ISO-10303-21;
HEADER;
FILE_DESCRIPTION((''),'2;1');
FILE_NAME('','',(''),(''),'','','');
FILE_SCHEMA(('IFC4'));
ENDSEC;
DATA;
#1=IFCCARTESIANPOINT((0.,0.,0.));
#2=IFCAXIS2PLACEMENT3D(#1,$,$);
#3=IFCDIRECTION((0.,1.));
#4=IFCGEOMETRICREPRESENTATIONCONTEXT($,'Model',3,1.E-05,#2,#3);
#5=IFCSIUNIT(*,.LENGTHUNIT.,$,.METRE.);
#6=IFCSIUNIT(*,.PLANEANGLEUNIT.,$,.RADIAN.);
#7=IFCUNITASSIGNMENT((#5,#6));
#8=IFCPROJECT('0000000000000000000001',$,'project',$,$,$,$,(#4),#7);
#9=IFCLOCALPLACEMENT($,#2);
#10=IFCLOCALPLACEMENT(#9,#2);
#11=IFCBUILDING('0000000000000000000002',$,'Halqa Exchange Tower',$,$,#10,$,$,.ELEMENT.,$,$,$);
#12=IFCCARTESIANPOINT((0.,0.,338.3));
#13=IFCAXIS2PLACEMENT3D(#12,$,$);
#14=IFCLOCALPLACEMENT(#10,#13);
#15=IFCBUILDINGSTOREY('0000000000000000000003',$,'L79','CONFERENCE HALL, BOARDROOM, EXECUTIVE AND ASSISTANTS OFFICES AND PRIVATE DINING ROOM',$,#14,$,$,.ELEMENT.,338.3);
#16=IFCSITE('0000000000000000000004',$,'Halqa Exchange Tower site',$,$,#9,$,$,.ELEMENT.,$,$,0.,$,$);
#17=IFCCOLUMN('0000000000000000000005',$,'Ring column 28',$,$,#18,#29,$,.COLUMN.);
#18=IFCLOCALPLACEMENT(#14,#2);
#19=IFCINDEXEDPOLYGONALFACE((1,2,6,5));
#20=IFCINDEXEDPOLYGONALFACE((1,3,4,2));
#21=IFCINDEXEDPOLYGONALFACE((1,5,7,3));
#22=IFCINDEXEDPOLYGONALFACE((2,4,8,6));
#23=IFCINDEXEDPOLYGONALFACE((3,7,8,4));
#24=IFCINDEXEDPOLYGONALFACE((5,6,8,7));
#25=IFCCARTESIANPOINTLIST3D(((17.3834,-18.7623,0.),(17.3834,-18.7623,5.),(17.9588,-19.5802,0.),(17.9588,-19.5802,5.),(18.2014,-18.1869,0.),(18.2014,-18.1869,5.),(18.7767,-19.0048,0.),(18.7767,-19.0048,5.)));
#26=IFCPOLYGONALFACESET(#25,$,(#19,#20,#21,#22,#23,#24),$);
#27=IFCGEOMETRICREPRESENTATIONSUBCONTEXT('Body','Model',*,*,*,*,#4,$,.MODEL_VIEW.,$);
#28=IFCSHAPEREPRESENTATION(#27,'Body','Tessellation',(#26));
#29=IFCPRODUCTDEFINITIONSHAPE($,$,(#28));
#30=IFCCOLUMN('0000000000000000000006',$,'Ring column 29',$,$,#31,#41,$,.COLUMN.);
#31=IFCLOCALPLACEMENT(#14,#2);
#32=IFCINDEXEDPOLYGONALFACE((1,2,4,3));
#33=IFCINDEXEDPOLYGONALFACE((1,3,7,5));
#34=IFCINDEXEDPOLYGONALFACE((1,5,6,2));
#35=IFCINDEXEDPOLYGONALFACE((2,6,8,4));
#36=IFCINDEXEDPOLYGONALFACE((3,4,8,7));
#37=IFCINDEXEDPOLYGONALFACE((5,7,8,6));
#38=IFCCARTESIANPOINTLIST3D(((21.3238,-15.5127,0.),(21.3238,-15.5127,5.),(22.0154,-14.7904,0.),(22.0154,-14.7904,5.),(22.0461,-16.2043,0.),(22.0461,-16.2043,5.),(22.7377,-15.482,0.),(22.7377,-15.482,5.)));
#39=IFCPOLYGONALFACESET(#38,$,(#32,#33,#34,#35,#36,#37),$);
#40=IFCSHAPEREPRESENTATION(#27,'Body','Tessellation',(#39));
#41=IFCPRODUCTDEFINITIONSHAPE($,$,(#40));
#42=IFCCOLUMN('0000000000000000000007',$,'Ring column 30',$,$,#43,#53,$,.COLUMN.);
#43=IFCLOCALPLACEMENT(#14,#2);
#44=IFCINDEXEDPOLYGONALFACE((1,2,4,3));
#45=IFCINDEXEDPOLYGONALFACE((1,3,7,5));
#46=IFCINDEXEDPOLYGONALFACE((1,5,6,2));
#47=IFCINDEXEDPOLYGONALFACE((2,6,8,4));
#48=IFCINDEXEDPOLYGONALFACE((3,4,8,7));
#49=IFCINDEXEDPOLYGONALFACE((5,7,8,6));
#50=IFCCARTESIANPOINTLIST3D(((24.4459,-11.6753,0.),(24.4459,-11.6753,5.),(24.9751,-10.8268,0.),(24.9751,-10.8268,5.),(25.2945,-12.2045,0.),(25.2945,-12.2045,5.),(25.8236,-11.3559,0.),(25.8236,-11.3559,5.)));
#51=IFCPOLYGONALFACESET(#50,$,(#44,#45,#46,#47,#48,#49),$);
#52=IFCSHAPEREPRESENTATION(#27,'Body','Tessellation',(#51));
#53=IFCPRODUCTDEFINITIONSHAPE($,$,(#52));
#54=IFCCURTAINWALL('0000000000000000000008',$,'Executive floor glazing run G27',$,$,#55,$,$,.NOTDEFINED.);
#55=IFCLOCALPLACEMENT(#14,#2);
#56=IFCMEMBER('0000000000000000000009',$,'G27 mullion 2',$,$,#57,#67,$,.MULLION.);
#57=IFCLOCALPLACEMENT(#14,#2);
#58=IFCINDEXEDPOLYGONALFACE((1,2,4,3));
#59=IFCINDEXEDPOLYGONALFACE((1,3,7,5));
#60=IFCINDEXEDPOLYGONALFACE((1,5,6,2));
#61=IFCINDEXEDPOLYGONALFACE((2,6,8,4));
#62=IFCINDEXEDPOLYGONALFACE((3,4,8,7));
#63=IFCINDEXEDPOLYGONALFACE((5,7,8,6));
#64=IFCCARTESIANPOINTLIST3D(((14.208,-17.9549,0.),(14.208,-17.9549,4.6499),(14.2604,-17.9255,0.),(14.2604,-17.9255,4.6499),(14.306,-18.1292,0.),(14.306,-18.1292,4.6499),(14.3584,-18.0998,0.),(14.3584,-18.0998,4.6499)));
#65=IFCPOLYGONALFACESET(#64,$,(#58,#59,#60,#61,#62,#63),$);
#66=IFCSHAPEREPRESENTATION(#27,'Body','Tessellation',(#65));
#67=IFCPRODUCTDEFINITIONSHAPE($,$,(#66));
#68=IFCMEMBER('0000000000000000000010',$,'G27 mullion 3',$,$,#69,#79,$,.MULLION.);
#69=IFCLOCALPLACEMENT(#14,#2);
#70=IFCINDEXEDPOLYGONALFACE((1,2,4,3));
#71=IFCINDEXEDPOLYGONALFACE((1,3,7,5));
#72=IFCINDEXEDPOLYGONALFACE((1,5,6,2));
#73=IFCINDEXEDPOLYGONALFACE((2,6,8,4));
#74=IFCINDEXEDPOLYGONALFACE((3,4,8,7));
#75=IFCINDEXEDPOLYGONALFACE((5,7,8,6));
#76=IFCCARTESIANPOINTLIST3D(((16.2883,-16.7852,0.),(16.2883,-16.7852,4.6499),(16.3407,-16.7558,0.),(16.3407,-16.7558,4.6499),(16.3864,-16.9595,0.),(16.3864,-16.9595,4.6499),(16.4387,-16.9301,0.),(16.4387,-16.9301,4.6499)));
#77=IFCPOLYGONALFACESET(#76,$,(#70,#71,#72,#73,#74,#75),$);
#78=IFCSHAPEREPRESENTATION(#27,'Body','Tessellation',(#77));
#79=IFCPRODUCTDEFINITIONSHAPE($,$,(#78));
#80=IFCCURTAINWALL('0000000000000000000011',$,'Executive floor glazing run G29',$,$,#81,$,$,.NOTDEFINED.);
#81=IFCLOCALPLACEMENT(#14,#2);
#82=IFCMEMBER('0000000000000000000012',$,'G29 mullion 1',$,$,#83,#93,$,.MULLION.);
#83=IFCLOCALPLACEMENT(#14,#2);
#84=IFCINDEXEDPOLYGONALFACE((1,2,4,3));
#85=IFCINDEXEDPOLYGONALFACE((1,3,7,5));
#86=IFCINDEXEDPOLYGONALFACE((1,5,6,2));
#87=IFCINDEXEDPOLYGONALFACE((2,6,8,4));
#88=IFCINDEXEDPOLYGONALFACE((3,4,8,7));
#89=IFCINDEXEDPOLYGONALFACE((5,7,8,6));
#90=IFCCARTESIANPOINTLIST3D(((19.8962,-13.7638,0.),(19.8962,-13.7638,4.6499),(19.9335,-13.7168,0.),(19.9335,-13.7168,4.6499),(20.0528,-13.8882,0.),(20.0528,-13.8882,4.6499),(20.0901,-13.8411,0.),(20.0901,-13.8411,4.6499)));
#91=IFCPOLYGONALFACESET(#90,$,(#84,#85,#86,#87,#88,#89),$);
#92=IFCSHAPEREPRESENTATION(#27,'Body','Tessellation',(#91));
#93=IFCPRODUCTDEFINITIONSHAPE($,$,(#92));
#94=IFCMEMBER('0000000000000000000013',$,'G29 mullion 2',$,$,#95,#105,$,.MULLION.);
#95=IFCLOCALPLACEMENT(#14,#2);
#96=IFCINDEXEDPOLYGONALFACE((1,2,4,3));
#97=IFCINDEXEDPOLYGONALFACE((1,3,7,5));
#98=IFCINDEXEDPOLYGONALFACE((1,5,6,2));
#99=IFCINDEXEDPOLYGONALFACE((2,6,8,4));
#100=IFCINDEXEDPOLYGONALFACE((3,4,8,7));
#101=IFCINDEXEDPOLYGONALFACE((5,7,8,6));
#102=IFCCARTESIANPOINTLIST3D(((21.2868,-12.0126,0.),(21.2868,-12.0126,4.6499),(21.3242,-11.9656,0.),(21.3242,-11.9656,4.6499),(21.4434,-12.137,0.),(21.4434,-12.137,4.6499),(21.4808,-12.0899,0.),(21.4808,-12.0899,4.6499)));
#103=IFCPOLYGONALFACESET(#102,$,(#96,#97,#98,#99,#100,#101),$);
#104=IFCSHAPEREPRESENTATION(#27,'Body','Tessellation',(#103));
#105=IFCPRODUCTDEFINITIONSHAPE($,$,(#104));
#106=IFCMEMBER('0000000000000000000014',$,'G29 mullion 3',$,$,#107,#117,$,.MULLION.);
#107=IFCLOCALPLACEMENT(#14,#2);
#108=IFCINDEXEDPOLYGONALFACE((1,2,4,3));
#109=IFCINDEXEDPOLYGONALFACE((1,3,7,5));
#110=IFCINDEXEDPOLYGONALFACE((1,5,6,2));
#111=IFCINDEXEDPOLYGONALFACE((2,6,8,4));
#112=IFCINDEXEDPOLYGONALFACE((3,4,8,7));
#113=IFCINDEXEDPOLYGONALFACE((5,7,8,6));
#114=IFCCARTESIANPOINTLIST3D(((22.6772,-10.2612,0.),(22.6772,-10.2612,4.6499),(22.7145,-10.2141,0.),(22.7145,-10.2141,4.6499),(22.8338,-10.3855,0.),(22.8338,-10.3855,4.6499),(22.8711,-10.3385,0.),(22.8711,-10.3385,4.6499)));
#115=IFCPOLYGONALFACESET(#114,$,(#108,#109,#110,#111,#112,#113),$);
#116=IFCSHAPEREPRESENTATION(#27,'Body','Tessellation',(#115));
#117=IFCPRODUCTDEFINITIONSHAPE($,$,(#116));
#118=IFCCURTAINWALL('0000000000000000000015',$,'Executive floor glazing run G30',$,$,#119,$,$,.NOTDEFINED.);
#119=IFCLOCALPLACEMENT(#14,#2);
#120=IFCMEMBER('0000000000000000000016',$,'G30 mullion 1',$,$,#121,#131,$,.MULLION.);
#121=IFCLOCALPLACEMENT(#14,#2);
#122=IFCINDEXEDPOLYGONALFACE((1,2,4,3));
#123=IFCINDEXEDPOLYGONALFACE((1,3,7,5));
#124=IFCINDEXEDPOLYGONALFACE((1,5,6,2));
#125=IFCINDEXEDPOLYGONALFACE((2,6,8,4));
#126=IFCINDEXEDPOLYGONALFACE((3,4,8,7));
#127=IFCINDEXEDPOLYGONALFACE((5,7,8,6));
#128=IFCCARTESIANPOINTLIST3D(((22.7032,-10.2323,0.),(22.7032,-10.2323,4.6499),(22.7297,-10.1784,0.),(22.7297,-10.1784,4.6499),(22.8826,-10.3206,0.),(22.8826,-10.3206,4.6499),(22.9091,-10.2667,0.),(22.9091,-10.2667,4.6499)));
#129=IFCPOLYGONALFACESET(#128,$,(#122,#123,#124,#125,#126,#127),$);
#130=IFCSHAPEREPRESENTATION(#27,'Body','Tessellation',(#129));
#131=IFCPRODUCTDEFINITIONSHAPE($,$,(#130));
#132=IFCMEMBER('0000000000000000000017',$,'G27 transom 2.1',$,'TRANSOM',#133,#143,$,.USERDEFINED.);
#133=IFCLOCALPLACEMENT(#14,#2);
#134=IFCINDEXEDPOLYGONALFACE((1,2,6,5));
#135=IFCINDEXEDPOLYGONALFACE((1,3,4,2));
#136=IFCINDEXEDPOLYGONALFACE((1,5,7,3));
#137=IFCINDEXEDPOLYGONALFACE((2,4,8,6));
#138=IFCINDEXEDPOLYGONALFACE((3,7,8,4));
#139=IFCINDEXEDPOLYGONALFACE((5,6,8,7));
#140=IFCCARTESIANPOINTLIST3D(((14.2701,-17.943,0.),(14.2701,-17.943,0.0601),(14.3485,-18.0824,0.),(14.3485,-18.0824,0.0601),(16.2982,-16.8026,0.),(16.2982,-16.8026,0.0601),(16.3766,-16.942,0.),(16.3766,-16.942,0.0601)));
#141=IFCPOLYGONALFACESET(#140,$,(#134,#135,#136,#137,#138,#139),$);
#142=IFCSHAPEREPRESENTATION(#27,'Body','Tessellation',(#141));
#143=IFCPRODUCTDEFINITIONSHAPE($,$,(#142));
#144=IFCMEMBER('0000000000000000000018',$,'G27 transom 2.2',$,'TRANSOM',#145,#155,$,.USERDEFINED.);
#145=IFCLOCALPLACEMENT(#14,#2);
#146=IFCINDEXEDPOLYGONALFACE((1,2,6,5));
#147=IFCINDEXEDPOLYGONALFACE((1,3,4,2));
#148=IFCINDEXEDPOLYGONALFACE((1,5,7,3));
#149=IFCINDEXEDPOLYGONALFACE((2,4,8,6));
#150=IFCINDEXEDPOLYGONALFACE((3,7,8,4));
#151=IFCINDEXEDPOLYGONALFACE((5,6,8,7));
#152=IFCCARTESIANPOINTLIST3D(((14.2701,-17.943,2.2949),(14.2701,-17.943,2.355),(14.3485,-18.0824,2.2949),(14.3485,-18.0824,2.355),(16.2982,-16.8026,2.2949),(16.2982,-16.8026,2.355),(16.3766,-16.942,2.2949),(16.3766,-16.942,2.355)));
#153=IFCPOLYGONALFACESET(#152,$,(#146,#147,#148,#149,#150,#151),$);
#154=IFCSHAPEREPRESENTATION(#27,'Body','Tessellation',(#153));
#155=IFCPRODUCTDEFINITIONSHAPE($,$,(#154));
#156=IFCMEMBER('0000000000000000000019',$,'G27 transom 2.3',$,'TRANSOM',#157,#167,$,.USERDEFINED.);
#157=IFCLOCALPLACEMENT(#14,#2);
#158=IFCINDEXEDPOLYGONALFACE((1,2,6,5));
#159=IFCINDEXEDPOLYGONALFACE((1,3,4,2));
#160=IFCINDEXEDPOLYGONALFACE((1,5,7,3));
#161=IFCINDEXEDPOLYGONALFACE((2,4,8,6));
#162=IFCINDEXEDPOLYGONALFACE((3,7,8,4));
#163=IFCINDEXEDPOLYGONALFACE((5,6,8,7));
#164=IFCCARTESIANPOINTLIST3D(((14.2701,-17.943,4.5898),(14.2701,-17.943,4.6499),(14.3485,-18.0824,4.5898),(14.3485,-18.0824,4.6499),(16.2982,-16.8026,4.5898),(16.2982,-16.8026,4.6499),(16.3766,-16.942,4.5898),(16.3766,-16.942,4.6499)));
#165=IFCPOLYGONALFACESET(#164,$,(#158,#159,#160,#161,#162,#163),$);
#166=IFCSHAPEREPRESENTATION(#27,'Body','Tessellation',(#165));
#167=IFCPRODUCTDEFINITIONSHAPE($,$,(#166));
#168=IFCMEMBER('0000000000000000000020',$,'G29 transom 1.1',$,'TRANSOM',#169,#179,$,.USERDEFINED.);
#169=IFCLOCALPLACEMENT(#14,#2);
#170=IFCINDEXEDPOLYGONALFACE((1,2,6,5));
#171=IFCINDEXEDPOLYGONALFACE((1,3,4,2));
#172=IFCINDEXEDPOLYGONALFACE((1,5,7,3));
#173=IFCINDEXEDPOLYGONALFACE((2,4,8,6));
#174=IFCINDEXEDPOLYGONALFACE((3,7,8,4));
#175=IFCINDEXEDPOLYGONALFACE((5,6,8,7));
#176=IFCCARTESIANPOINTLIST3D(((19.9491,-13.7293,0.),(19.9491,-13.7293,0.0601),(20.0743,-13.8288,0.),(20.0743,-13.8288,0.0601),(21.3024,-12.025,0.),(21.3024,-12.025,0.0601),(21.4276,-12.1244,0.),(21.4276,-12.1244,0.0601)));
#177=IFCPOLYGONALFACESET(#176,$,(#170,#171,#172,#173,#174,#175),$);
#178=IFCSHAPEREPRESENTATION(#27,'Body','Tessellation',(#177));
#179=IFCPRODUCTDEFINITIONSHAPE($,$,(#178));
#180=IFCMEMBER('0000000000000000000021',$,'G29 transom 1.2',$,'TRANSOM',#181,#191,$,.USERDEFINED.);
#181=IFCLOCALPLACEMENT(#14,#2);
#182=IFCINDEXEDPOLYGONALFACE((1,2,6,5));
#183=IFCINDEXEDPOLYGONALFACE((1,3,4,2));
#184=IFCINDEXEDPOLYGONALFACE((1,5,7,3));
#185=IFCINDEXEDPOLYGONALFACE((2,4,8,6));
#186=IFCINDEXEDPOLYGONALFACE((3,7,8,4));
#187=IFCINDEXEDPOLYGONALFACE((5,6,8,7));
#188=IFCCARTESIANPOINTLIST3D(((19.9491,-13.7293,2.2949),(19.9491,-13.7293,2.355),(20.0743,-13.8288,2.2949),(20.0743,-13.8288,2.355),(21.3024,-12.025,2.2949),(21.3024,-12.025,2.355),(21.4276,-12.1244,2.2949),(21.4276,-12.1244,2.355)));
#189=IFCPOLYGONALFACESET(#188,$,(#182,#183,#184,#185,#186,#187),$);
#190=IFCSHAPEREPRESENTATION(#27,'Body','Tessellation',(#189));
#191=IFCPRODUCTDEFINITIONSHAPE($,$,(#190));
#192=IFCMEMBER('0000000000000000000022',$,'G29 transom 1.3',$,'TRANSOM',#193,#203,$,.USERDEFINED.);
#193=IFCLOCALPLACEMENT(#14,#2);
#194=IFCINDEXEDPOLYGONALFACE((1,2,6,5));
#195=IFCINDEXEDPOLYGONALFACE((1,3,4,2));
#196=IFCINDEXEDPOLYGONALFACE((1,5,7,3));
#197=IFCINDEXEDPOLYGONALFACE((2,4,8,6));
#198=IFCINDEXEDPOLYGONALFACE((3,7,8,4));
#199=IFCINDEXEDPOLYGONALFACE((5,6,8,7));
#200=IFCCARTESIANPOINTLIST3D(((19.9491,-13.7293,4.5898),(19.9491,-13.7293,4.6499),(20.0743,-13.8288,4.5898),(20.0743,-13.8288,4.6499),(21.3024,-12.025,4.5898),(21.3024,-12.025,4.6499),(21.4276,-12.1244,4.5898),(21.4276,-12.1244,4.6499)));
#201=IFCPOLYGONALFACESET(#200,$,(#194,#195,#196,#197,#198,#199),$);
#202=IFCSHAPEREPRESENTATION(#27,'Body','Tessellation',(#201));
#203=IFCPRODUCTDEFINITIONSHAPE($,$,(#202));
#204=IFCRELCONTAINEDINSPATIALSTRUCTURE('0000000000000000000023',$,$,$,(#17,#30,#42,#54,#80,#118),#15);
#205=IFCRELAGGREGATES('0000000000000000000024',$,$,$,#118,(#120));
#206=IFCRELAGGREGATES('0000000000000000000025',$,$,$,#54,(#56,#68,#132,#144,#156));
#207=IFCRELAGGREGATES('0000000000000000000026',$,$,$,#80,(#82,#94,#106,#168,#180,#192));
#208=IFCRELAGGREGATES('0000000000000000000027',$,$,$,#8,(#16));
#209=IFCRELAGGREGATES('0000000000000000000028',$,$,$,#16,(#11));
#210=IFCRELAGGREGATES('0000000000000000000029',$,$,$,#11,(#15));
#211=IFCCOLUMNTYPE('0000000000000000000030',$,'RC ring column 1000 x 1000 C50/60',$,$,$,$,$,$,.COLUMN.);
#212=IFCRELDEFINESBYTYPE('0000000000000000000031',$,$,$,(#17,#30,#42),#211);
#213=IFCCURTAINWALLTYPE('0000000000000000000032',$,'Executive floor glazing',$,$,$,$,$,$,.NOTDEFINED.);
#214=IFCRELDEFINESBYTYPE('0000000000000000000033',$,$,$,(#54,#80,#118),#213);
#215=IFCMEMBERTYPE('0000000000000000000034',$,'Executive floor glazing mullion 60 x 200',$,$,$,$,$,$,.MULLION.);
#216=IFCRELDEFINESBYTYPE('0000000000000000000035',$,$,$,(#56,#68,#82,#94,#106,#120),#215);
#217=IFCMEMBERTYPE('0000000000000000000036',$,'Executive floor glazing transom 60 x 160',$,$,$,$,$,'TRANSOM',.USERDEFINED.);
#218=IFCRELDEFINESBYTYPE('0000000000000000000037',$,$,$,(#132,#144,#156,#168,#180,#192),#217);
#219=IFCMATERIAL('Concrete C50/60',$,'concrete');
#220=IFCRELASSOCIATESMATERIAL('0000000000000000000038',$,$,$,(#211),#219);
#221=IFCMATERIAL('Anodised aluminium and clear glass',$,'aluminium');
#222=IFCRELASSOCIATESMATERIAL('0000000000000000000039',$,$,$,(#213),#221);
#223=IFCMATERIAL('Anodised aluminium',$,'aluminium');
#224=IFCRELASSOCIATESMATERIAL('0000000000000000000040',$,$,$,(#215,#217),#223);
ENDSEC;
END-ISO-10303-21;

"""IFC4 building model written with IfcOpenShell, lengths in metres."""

from ifc_helpers import new_model, si_unit, direction, frame, origin, origin_2d, place, context, subcontext, project, spatial, rectangle, extrude, material, material_profile, profile_set, type_object, element, aggregate, save


model = new_model("IFC4")

# Units and contexts
model_context = context("Model", 3, precision=1e-05, world=origin(), true_north=direction((0.0, 1.0)))
body_context = subcontext(model_context, "Body", "Model", "MODEL_VIEW")
ifc_project = project(units=[si_unit("LENGTHUNIT", "METRE"), si_unit("PLANEANGLEUNIT", "RADIAN")], contexts=[model_context])

# Site, building, storey
site_placement = place(None, origin())
site = spatial("IfcSite", under=ifc_project, at=site_placement, Name="Halqa Exchange Tower site", CompositionType="ELEMENT", RefElevation=0.0)
building_placement = place(site_placement, origin())
building = spatial("IfcBuilding", under=site, at=building_placement, Name="Halqa Exchange Tower", CompositionType="ELEMENT")
storey_placement = place(building_placement, frame((0.0, 0.0, 338.3)))
storey = spatial("IfcBuildingStorey", under=building, at=storey_placement, Name="L79", Description="CONFERENCE HALL, BOARDROOM, EXECUTIVE AND ASSISTANTS OFFICES AND PRIVATE DINING ROOM", CompositionType="ELEMENT", Elevation=338.3)

# Columns
ifc_material_1 = material(Name="Concrete C50/60", Category="concrete")
ifc_material_profile_1 = material_profile(ifc_material_1, rectangle(XDim=1.0, YDim=1.0, at=origin_2d()), Name="1000 x 1000")
ifc_profile_set_1 = profile_set([ifc_material_profile_1], Name="Concrete C50/60")
column_type = type_object("IfcColumnType", Name="RC ring column 1000 x 1000 C50/60", PredefinedType="COLUMN", material=ifc_profile_set_1)
for number, where, z_axis, x_axis, name in (
    (1, (18.0801, -18.8835, 0.0), (0.0, 0.0, 1.0), (0.817907, 0.575351, 0.0), "Ring column 28"),
    (2, (22.0308, -15.4973, 0.0), (0.0, 0.0, 1.0), (0.691579, 0.722301, 0.0), "Ring column 29"),
    (3, (25.1348, -11.5156, 0.0), (0.0, 0.0, 1.0), (0.52914, 0.848534, 0.0), "Ring column 30"),
):
    element("IfcColumn", number, at=place(storey_placement, frame(where, z_axis=z_axis, x_axis=x_axis)), inside=storey, type_object=column_type, Name=name, PredefinedType="COLUMN", context=body_context, shape_type="SweptSolid", body=[
        extrude(rectangle(XDim=1.0, YDim=1.0, at=origin_2d()), origin(), (0.0, 0.0, 1.0), 5.0),
    ])

# Curtain walls, members
ifc_material_2 = material(Name="Anodised aluminium and clear glass", Category="aluminium")
curtain_wall_type = type_object("IfcCurtainWallType", Name="Executive floor glazing", PredefinedType="NOTDEFINED", material=ifc_material_2)
curtain_wall_1_placement = place(storey_placement, origin())
curtain_wall_1 = element("IfcCurtainWall", 4, at=curtain_wall_1_placement, inside=storey, type_object=curtain_wall_type, Name="Executive floor glazing run G27", PredefinedType="NOTDEFINED")
ifc_material_3 = material(Name="Anodised aluminium", Category="aluminium")
ifc_material_profile_2 = material_profile(ifc_material_3, rectangle(XDim=0.2, YDim=0.0601, at=origin_2d()), Name="AL 60x200")
ifc_profile_set_2 = profile_set([ifc_material_profile_2], Name="Anodised aluminium")
member_type_1 = type_object("IfcMemberType", Name="Executive floor glazing mullion 60 x 200", PredefinedType="MULLION", material=ifc_profile_set_2)
member_1_placement = place(storey_placement, frame((14.2832, -18.0273, 0.0), z_axis=(0.0, 0.0, 1.0), x_axis=(-0.490158, 0.871634, 0.0)))
member_1 = element("IfcMember", 5, at=member_1_placement, type_object=member_type_1, Name="G27 mullion 2", PredefinedType="MULLION", context=body_context, shape_type="SweptSolid", body=[
    extrude(rectangle(XDim=0.2, YDim=0.0601, at=origin_2d()), origin(), (0.0, 0.0, 1.0), 4.6499),
])
member_2_placement = place(storey_placement, frame((16.3635, -16.8577, 0.0), z_axis=(0.0, 0.0, 1.0), x_axis=(-0.490158, 0.871634, 0.0)))
member_2 = element("IfcMember", 6, at=member_2_placement, type_object=member_type_1, Name="G27 mullion 3", PredefinedType="MULLION", context=body_context, shape_type="SweptSolid", body=[
    extrude(rectangle(XDim=0.2, YDim=0.0601, at=origin_2d()), origin(), (0.0, 0.0, 1.0), 4.6499),
])
curtain_wall_2_placement = place(storey_placement, origin())
curtain_wall_2 = element("IfcCurtainWall", 7, at=curtain_wall_2_placement, inside=storey, type_object=curtain_wall_type, Name="Executive floor glazing run G29", PredefinedType="NOTDEFINED")
member_3_placement = place(storey_placement, frame((19.9932, -13.8025, 0.0), z_axis=(0.0, 0.0, 1.0), x_axis=(-0.783162, 0.621817, 0.0)))
member_3 = element("IfcMember", 8, at=member_3_placement, type_object=member_type_1, Name="G29 mullion 1", PredefinedType="MULLION", context=body_context, shape_type="SweptSolid", body=[
    extrude(rectangle(XDim=0.2, YDim=0.0601, at=origin_2d()), origin(), (0.0, 0.0, 1.0), 4.6499),
])
member_4_placement = place(storey_placement, frame((21.3838, -12.0513, 0.0), z_axis=(0.0, 0.0, 1.0), x_axis=(-0.783162, 0.621817, 0.0)))
member_4 = element("IfcMember", 9, at=member_4_placement, type_object=member_type_1, Name="G29 mullion 2", PredefinedType="MULLION", context=body_context, shape_type="SweptSolid", body=[
    extrude(rectangle(XDim=0.2, YDim=0.0601, at=origin_2d()), origin(), (0.0, 0.0, 1.0), 4.6499),
])
member_5_placement = place(storey_placement, frame((22.7742, -10.2998, 0.0), z_axis=(0.0, 0.0, 1.0), x_axis=(-0.783162, 0.621817, 0.0)))
member_5 = element("IfcMember", 10, at=member_5_placement, type_object=member_type_1, Name="G29 mullion 3", PredefinedType="MULLION", context=body_context, shape_type="SweptSolid", body=[
    extrude(rectangle(XDim=0.2, YDim=0.0601, at=origin_2d()), origin(), (0.0, 0.0, 1.0), 4.6499),
])

# Curtain wall, member
curtain_wall_3_placement = place(storey_placement, origin())
curtain_wall_3 = element("IfcCurtainWall", 11, at=curtain_wall_3_placement, inside=storey, type_object=curtain_wall_type, Name="Executive floor glazing run G30", PredefinedType="NOTDEFINED")
member_6_placement = place(storey_placement, frame((22.8062, -10.2495, 0.0), z_axis=(0.0, 0.0, 1.0), x_axis=(-0.897215, 0.441595, 0.0)))
member_6 = element("IfcMember", 12, at=member_6_placement, type_object=member_type_1, Name="G30 mullion 1", PredefinedType="MULLION", context=body_context, shape_type="SweptSolid", body=[
    extrude(rectangle(XDim=0.2, YDim=0.0601, at=origin_2d()), origin(), (0.0, 0.0, 1.0), 4.6499),
])
aggregate(curtain_wall_3, [member_6])

# Members
ifc_material_profile_3 = material_profile(ifc_material_3, rectangle(XDim=0.1599, YDim=0.0601, at=origin_2d()), Name="AL 60x160")
ifc_profile_set_3 = profile_set([ifc_material_profile_3], Name="Anodised aluminium")
member_type_2 = type_object("IfcMemberType", Name="Executive floor glazing transom 60 x 160", ElementType="TRANSOM", PredefinedType="USERDEFINED", material=ifc_profile_set_3)
member_7_placement = place(storey_placement, frame((14.3093, -18.0127, 0.03), z_axis=(0.871651, 0.490127, 0.0), x_axis=(-0.490127, 0.871651, 0.0)))
member_7 = element("IfcMember", 13, at=member_7_placement, type_object=member_type_2, Name="G27 transom 2.1", ObjectType="TRANSOM", PredefinedType="USERDEFINED", context=body_context, shape_type="SweptSolid", body=[
    extrude(rectangle(XDim=0.1599, YDim=0.0601, at=origin_2d()), origin(), (0.0, 0.0, 1.0), 2.3267),
])
member_8_placement = place(storey_placement, frame((14.3093, -18.0127, 2.325), z_axis=(0.871651, 0.490127, 0.0), x_axis=(-0.490127, 0.871651, 0.0)))
member_8 = element("IfcMember", 14, at=member_8_placement, type_object=member_type_2, Name="G27 transom 2.2", ObjectType="TRANSOM", PredefinedType="USERDEFINED", context=body_context, shape_type="SweptSolid", body=[
    extrude(rectangle(XDim=0.1599, YDim=0.0601, at=origin_2d()), origin(), (0.0, 0.0, 1.0), 2.3267),
])
member_9_placement = place(storey_placement, frame((14.3093, -18.0127, 4.6199), z_axis=(0.871651, 0.490127, 0.0), x_axis=(-0.490127, 0.871651, 0.0)))
member_9 = element("IfcMember", 15, at=member_9_placement, type_object=member_type_2, Name="G27 transom 2.3", ObjectType="TRANSOM", PredefinedType="USERDEFINED", context=body_context, shape_type="SweptSolid", body=[
    extrude(rectangle(XDim=0.1599, YDim=0.0601, at=origin_2d()), origin(), (0.0, 0.0, 1.0), 2.3267),
])
member_10_placement = place(storey_placement, frame((20.0117, -13.7791, 0.03), z_axis=(0.621832, 0.783151, 0.0), x_axis=(-0.783151, 0.621832, 0.0)))
member_10 = element("IfcMember", 16, at=member_10_placement, type_object=member_type_2, Name="G29 transom 1.1", ObjectType="TRANSOM", PredefinedType="USERDEFINED", context=body_context, shape_type="SweptSolid", body=[
    extrude(rectangle(XDim=0.1599, YDim=0.0601, at=origin_2d()), origin(), (0.0, 0.0, 1.0), 2.1763),
])
member_11_placement = place(storey_placement, frame((20.0117, -13.7791, 2.325), z_axis=(0.621832, 0.783151, 0.0), x_axis=(-0.783151, 0.621832, 0.0)))
member_11 = element("IfcMember", 17, at=member_11_placement, type_object=member_type_2, Name="G29 transom 1.2", ObjectType="TRANSOM", PredefinedType="USERDEFINED", context=body_context, shape_type="SweptSolid", body=[
    extrude(rectangle(XDim=0.1599, YDim=0.0601, at=origin_2d()), origin(), (0.0, 0.0, 1.0), 2.1763),
])
member_12_placement = place(storey_placement, frame((20.0117, -13.7791, 4.6199), z_axis=(0.621832, 0.783151, 0.0), x_axis=(-0.783151, 0.621832, 0.0)))
member_12 = element("IfcMember", 18, at=member_12_placement, type_object=member_type_2, Name="G29 transom 1.3", ObjectType="TRANSOM", PredefinedType="USERDEFINED", context=body_context, shape_type="SweptSolid", body=[
    extrude(rectangle(XDim=0.1599, YDim=0.0601, at=origin_2d()), origin(), (0.0, 0.0, 1.0), 2.1763),
])

aggregate(curtain_wall_1, [member_1, member_2, member_7, member_8, member_9])
aggregate(curtain_wall_2, [member_3, member_4, member_5, member_10, member_11, member_12])

save(model, "model.ifc")
